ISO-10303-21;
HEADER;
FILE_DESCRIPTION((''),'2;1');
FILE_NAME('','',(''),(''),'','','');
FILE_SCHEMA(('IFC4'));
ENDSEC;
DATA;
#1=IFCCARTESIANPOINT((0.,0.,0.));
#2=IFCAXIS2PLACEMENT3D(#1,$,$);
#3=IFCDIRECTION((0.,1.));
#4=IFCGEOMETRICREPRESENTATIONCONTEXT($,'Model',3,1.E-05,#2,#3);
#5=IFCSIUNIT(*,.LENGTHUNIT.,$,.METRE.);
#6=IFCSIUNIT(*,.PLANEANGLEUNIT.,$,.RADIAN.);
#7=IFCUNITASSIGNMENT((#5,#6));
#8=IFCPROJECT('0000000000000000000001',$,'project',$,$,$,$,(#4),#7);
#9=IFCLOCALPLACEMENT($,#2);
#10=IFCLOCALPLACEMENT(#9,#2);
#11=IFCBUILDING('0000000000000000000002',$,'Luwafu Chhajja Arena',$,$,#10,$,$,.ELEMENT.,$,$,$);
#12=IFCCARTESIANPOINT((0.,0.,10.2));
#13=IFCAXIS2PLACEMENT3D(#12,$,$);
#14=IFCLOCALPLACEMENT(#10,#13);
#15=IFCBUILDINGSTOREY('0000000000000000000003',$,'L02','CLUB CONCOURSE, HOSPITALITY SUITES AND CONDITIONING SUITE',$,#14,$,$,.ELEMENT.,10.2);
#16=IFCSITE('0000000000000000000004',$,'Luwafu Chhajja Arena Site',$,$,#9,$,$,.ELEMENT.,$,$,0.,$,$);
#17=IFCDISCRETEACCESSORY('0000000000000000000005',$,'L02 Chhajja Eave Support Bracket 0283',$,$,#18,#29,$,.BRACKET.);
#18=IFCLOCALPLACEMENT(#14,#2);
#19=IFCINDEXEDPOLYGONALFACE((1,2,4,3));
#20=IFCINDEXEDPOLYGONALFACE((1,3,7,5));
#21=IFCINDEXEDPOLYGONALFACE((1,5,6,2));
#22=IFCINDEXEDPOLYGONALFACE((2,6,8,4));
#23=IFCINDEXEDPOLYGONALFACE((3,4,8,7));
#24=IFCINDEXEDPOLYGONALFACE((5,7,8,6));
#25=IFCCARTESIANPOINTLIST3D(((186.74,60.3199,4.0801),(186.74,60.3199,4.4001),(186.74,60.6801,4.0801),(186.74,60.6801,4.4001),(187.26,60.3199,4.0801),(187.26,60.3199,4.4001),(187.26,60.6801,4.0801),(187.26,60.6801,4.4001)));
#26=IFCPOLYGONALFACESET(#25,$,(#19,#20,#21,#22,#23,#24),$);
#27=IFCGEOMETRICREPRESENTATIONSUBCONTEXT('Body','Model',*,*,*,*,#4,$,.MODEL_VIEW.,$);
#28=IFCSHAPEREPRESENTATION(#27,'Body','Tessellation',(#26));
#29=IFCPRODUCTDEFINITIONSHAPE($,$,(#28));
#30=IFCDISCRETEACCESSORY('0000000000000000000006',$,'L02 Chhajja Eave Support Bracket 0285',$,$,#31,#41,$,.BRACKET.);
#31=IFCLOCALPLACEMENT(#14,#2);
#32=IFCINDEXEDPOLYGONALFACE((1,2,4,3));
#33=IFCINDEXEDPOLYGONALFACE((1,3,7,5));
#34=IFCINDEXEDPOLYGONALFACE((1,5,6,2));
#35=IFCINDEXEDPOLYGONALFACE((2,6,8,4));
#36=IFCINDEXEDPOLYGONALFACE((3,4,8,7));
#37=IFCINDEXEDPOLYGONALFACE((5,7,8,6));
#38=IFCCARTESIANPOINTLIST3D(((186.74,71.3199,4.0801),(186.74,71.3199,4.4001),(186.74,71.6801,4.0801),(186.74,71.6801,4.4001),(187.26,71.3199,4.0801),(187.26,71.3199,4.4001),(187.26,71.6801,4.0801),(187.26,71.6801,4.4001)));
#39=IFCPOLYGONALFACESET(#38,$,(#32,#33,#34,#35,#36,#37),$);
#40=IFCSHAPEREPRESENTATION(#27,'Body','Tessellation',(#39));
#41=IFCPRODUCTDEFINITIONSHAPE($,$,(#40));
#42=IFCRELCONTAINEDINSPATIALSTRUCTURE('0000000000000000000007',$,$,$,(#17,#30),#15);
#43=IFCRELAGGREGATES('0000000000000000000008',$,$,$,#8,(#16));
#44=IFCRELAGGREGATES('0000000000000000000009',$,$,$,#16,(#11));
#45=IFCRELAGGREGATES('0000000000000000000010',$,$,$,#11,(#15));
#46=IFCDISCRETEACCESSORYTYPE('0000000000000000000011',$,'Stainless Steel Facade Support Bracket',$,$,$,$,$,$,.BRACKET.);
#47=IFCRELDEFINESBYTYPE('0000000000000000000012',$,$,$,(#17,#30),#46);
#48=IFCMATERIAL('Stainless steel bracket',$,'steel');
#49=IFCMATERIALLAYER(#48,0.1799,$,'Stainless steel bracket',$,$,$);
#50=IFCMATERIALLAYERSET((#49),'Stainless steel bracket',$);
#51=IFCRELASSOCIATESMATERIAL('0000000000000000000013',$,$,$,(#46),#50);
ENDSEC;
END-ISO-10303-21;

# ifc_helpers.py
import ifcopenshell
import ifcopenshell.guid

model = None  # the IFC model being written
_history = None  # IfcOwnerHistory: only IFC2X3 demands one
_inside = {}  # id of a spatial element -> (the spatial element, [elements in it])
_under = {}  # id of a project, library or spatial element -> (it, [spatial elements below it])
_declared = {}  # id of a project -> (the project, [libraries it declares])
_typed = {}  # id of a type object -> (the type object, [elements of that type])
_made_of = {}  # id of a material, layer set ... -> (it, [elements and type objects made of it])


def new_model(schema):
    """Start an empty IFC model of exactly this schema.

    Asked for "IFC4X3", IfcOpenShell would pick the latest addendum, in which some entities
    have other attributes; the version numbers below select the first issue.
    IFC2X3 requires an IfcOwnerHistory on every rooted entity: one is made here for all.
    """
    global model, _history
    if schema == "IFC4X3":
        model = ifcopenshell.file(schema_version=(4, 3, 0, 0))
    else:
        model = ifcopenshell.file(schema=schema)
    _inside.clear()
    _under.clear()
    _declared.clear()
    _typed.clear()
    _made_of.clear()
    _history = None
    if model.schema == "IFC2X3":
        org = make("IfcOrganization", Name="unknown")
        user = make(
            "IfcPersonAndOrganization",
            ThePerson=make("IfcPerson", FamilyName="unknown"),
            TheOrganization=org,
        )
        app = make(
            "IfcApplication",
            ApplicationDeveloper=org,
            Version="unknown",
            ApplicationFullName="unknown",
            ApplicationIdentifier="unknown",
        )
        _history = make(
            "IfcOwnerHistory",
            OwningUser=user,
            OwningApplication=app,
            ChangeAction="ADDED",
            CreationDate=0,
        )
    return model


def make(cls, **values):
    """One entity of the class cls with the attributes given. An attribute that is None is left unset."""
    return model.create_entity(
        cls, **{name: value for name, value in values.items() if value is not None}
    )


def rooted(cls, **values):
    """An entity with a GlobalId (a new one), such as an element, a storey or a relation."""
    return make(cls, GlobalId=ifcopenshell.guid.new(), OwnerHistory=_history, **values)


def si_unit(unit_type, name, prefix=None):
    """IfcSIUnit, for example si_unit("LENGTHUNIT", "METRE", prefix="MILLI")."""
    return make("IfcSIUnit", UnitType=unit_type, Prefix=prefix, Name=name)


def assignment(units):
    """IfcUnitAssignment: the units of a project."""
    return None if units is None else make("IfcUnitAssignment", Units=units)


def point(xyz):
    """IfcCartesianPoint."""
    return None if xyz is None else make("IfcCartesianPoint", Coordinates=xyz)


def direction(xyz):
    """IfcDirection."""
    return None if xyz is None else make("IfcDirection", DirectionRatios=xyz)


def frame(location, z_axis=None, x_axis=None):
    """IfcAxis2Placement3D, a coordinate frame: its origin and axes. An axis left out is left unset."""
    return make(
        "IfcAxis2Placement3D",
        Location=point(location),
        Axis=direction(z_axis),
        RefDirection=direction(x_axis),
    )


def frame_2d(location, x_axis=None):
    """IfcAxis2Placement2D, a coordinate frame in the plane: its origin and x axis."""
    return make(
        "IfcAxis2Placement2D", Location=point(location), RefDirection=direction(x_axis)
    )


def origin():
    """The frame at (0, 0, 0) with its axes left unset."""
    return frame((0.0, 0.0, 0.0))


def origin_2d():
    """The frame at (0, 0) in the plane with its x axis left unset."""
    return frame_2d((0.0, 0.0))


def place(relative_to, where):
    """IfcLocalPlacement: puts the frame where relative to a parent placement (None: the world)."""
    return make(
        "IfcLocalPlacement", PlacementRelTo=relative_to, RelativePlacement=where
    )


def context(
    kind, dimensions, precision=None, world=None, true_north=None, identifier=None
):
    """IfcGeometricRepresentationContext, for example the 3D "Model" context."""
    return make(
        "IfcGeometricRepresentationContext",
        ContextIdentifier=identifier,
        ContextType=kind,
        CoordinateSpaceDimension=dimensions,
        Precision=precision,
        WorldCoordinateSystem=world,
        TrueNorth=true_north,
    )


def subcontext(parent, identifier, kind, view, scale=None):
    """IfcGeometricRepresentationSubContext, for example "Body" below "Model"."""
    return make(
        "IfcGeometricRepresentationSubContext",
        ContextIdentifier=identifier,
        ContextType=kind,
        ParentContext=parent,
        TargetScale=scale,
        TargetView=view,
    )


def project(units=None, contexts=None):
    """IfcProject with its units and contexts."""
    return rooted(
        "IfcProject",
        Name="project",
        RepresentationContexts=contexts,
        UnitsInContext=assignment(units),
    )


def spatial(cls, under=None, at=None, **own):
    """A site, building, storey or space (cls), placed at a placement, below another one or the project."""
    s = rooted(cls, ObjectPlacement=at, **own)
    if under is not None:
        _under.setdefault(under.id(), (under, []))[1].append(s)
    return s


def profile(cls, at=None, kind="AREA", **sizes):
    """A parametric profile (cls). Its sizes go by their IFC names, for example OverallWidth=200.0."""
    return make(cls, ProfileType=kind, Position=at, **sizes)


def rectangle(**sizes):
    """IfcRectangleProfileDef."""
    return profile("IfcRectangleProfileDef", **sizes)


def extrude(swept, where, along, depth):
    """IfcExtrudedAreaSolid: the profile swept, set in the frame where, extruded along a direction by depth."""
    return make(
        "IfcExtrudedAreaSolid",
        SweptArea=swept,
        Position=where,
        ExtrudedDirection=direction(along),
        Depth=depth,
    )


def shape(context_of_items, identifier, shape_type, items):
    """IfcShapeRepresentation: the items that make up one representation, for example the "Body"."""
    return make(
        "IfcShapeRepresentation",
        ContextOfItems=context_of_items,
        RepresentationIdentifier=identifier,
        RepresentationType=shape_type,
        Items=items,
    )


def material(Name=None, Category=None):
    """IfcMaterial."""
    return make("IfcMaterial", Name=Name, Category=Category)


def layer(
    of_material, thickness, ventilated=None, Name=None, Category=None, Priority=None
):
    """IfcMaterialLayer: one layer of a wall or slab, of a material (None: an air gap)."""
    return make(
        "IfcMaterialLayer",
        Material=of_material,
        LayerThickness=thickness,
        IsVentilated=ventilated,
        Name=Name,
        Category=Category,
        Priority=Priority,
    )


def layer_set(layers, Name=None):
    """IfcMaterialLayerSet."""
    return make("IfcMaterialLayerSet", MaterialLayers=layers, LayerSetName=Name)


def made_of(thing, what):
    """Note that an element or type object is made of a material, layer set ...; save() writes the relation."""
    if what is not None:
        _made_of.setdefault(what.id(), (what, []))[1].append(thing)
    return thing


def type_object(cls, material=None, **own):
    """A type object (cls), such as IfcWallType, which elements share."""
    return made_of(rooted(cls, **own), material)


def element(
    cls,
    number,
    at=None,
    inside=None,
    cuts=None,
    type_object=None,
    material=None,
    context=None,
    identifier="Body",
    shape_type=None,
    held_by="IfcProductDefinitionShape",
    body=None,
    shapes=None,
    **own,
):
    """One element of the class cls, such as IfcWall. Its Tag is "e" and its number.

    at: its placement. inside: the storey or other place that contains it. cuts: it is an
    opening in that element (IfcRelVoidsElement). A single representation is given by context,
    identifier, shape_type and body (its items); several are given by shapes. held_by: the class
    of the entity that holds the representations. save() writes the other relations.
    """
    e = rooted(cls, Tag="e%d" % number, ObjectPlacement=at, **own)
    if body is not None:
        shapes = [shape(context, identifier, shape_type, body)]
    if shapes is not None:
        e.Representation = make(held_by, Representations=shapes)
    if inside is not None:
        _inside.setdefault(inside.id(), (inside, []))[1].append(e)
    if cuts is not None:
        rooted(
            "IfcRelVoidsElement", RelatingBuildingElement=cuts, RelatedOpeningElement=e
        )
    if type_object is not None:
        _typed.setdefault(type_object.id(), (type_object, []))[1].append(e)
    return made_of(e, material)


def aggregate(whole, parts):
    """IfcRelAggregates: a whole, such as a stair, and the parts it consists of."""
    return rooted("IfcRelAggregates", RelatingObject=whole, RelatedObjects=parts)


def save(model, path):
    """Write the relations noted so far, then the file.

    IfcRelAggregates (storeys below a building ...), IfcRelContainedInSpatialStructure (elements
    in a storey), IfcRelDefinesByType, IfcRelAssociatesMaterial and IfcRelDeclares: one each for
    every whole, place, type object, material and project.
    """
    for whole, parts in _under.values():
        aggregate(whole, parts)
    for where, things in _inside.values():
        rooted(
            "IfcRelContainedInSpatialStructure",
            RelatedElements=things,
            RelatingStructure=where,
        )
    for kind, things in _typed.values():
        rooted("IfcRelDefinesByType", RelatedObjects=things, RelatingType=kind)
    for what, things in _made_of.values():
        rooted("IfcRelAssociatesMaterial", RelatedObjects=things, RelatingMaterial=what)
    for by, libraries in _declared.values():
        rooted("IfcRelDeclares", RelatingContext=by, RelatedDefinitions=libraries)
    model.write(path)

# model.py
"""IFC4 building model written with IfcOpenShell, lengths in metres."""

from ifc_helpers import new_model, si_unit, direction, frame, origin, origin_2d, place, context, subcontext, project, spatial, rectangle, extrude, material, layer, layer_set, type_object, element, save


model = new_model("IFC4")

# Units and contexts
model_context = context("Model", 3, precision=1e-05, world=origin(), true_north=direction((0.0, 1.0)))
body_context = subcontext(model_context, "Body", "Model", "MODEL_VIEW")
ifc_project = project(units=[si_unit("LENGTHUNIT", "METRE"), si_unit("PLANEANGLEUNIT", "RADIAN")], contexts=[model_context])

# Site, building, storey
site_placement = place(None, origin())
site = spatial("IfcSite", under=ifc_project, at=site_placement, Name="Luwafu Chhajja Arena Site", CompositionType="ELEMENT", RefElevation=0.0)
building_placement = place(site_placement, origin())
building = spatial("IfcBuilding", under=site, at=building_placement, Name="Luwafu Chhajja Arena", CompositionType="ELEMENT")
storey_placement = place(building_placement, frame((0.0, 0.0, 10.2)))
storey = spatial("IfcBuildingStorey", under=building, at=storey_placement, Name="L02", Description="CLUB CONCOURSE, HOSPITALITY SUITES AND CONDITIONING SUITE", CompositionType="ELEMENT", Elevation=10.2)

# Discrete accessories
ifc_material_1 = material(Name="Stainless steel bracket", Category="steel")
ifc_layer_1 = layer(ifc_material_1, 0.1799, Name="Stainless steel bracket")
ifc_layer_set_1 = layer_set([ifc_layer_1], Name="Stainless steel bracket")
discrete_accessory_type = type_object("IfcDiscreteAccessoryType", Name="Stainless Steel Facade Support Bracket", PredefinedType="BRACKET", material=ifc_layer_set_1)
for number, where, z_axis, x_axis, name in (
    (1, (187.0, 60.5, 4.0801), (0.0, 0.0, 1.0), (0.0, 1.0, 0.0), "L02 Chhajja Eave Support Bracket 0283"),
    (2, (187.0, 71.5, 4.0801), (0.0, 0.0, 1.0), (0.0, 1.0, 0.0), "L02 Chhajja Eave Support Bracket 0285"),
):
    element("IfcDiscreteAccessory", number, at=place(storey_placement, frame(where, z_axis=z_axis, x_axis=x_axis)), inside=storey, type_object=discrete_accessory_type, Name=name, PredefinedType="BRACKET", context=body_context, shape_type="SweptSolid", body=[
        extrude(rectangle(XDim=0.3601, YDim=0.52, at=origin_2d()), origin(), (0.0, 0.0, 1.0), 0.3201),
    ])

save(model, "model.ifc")
